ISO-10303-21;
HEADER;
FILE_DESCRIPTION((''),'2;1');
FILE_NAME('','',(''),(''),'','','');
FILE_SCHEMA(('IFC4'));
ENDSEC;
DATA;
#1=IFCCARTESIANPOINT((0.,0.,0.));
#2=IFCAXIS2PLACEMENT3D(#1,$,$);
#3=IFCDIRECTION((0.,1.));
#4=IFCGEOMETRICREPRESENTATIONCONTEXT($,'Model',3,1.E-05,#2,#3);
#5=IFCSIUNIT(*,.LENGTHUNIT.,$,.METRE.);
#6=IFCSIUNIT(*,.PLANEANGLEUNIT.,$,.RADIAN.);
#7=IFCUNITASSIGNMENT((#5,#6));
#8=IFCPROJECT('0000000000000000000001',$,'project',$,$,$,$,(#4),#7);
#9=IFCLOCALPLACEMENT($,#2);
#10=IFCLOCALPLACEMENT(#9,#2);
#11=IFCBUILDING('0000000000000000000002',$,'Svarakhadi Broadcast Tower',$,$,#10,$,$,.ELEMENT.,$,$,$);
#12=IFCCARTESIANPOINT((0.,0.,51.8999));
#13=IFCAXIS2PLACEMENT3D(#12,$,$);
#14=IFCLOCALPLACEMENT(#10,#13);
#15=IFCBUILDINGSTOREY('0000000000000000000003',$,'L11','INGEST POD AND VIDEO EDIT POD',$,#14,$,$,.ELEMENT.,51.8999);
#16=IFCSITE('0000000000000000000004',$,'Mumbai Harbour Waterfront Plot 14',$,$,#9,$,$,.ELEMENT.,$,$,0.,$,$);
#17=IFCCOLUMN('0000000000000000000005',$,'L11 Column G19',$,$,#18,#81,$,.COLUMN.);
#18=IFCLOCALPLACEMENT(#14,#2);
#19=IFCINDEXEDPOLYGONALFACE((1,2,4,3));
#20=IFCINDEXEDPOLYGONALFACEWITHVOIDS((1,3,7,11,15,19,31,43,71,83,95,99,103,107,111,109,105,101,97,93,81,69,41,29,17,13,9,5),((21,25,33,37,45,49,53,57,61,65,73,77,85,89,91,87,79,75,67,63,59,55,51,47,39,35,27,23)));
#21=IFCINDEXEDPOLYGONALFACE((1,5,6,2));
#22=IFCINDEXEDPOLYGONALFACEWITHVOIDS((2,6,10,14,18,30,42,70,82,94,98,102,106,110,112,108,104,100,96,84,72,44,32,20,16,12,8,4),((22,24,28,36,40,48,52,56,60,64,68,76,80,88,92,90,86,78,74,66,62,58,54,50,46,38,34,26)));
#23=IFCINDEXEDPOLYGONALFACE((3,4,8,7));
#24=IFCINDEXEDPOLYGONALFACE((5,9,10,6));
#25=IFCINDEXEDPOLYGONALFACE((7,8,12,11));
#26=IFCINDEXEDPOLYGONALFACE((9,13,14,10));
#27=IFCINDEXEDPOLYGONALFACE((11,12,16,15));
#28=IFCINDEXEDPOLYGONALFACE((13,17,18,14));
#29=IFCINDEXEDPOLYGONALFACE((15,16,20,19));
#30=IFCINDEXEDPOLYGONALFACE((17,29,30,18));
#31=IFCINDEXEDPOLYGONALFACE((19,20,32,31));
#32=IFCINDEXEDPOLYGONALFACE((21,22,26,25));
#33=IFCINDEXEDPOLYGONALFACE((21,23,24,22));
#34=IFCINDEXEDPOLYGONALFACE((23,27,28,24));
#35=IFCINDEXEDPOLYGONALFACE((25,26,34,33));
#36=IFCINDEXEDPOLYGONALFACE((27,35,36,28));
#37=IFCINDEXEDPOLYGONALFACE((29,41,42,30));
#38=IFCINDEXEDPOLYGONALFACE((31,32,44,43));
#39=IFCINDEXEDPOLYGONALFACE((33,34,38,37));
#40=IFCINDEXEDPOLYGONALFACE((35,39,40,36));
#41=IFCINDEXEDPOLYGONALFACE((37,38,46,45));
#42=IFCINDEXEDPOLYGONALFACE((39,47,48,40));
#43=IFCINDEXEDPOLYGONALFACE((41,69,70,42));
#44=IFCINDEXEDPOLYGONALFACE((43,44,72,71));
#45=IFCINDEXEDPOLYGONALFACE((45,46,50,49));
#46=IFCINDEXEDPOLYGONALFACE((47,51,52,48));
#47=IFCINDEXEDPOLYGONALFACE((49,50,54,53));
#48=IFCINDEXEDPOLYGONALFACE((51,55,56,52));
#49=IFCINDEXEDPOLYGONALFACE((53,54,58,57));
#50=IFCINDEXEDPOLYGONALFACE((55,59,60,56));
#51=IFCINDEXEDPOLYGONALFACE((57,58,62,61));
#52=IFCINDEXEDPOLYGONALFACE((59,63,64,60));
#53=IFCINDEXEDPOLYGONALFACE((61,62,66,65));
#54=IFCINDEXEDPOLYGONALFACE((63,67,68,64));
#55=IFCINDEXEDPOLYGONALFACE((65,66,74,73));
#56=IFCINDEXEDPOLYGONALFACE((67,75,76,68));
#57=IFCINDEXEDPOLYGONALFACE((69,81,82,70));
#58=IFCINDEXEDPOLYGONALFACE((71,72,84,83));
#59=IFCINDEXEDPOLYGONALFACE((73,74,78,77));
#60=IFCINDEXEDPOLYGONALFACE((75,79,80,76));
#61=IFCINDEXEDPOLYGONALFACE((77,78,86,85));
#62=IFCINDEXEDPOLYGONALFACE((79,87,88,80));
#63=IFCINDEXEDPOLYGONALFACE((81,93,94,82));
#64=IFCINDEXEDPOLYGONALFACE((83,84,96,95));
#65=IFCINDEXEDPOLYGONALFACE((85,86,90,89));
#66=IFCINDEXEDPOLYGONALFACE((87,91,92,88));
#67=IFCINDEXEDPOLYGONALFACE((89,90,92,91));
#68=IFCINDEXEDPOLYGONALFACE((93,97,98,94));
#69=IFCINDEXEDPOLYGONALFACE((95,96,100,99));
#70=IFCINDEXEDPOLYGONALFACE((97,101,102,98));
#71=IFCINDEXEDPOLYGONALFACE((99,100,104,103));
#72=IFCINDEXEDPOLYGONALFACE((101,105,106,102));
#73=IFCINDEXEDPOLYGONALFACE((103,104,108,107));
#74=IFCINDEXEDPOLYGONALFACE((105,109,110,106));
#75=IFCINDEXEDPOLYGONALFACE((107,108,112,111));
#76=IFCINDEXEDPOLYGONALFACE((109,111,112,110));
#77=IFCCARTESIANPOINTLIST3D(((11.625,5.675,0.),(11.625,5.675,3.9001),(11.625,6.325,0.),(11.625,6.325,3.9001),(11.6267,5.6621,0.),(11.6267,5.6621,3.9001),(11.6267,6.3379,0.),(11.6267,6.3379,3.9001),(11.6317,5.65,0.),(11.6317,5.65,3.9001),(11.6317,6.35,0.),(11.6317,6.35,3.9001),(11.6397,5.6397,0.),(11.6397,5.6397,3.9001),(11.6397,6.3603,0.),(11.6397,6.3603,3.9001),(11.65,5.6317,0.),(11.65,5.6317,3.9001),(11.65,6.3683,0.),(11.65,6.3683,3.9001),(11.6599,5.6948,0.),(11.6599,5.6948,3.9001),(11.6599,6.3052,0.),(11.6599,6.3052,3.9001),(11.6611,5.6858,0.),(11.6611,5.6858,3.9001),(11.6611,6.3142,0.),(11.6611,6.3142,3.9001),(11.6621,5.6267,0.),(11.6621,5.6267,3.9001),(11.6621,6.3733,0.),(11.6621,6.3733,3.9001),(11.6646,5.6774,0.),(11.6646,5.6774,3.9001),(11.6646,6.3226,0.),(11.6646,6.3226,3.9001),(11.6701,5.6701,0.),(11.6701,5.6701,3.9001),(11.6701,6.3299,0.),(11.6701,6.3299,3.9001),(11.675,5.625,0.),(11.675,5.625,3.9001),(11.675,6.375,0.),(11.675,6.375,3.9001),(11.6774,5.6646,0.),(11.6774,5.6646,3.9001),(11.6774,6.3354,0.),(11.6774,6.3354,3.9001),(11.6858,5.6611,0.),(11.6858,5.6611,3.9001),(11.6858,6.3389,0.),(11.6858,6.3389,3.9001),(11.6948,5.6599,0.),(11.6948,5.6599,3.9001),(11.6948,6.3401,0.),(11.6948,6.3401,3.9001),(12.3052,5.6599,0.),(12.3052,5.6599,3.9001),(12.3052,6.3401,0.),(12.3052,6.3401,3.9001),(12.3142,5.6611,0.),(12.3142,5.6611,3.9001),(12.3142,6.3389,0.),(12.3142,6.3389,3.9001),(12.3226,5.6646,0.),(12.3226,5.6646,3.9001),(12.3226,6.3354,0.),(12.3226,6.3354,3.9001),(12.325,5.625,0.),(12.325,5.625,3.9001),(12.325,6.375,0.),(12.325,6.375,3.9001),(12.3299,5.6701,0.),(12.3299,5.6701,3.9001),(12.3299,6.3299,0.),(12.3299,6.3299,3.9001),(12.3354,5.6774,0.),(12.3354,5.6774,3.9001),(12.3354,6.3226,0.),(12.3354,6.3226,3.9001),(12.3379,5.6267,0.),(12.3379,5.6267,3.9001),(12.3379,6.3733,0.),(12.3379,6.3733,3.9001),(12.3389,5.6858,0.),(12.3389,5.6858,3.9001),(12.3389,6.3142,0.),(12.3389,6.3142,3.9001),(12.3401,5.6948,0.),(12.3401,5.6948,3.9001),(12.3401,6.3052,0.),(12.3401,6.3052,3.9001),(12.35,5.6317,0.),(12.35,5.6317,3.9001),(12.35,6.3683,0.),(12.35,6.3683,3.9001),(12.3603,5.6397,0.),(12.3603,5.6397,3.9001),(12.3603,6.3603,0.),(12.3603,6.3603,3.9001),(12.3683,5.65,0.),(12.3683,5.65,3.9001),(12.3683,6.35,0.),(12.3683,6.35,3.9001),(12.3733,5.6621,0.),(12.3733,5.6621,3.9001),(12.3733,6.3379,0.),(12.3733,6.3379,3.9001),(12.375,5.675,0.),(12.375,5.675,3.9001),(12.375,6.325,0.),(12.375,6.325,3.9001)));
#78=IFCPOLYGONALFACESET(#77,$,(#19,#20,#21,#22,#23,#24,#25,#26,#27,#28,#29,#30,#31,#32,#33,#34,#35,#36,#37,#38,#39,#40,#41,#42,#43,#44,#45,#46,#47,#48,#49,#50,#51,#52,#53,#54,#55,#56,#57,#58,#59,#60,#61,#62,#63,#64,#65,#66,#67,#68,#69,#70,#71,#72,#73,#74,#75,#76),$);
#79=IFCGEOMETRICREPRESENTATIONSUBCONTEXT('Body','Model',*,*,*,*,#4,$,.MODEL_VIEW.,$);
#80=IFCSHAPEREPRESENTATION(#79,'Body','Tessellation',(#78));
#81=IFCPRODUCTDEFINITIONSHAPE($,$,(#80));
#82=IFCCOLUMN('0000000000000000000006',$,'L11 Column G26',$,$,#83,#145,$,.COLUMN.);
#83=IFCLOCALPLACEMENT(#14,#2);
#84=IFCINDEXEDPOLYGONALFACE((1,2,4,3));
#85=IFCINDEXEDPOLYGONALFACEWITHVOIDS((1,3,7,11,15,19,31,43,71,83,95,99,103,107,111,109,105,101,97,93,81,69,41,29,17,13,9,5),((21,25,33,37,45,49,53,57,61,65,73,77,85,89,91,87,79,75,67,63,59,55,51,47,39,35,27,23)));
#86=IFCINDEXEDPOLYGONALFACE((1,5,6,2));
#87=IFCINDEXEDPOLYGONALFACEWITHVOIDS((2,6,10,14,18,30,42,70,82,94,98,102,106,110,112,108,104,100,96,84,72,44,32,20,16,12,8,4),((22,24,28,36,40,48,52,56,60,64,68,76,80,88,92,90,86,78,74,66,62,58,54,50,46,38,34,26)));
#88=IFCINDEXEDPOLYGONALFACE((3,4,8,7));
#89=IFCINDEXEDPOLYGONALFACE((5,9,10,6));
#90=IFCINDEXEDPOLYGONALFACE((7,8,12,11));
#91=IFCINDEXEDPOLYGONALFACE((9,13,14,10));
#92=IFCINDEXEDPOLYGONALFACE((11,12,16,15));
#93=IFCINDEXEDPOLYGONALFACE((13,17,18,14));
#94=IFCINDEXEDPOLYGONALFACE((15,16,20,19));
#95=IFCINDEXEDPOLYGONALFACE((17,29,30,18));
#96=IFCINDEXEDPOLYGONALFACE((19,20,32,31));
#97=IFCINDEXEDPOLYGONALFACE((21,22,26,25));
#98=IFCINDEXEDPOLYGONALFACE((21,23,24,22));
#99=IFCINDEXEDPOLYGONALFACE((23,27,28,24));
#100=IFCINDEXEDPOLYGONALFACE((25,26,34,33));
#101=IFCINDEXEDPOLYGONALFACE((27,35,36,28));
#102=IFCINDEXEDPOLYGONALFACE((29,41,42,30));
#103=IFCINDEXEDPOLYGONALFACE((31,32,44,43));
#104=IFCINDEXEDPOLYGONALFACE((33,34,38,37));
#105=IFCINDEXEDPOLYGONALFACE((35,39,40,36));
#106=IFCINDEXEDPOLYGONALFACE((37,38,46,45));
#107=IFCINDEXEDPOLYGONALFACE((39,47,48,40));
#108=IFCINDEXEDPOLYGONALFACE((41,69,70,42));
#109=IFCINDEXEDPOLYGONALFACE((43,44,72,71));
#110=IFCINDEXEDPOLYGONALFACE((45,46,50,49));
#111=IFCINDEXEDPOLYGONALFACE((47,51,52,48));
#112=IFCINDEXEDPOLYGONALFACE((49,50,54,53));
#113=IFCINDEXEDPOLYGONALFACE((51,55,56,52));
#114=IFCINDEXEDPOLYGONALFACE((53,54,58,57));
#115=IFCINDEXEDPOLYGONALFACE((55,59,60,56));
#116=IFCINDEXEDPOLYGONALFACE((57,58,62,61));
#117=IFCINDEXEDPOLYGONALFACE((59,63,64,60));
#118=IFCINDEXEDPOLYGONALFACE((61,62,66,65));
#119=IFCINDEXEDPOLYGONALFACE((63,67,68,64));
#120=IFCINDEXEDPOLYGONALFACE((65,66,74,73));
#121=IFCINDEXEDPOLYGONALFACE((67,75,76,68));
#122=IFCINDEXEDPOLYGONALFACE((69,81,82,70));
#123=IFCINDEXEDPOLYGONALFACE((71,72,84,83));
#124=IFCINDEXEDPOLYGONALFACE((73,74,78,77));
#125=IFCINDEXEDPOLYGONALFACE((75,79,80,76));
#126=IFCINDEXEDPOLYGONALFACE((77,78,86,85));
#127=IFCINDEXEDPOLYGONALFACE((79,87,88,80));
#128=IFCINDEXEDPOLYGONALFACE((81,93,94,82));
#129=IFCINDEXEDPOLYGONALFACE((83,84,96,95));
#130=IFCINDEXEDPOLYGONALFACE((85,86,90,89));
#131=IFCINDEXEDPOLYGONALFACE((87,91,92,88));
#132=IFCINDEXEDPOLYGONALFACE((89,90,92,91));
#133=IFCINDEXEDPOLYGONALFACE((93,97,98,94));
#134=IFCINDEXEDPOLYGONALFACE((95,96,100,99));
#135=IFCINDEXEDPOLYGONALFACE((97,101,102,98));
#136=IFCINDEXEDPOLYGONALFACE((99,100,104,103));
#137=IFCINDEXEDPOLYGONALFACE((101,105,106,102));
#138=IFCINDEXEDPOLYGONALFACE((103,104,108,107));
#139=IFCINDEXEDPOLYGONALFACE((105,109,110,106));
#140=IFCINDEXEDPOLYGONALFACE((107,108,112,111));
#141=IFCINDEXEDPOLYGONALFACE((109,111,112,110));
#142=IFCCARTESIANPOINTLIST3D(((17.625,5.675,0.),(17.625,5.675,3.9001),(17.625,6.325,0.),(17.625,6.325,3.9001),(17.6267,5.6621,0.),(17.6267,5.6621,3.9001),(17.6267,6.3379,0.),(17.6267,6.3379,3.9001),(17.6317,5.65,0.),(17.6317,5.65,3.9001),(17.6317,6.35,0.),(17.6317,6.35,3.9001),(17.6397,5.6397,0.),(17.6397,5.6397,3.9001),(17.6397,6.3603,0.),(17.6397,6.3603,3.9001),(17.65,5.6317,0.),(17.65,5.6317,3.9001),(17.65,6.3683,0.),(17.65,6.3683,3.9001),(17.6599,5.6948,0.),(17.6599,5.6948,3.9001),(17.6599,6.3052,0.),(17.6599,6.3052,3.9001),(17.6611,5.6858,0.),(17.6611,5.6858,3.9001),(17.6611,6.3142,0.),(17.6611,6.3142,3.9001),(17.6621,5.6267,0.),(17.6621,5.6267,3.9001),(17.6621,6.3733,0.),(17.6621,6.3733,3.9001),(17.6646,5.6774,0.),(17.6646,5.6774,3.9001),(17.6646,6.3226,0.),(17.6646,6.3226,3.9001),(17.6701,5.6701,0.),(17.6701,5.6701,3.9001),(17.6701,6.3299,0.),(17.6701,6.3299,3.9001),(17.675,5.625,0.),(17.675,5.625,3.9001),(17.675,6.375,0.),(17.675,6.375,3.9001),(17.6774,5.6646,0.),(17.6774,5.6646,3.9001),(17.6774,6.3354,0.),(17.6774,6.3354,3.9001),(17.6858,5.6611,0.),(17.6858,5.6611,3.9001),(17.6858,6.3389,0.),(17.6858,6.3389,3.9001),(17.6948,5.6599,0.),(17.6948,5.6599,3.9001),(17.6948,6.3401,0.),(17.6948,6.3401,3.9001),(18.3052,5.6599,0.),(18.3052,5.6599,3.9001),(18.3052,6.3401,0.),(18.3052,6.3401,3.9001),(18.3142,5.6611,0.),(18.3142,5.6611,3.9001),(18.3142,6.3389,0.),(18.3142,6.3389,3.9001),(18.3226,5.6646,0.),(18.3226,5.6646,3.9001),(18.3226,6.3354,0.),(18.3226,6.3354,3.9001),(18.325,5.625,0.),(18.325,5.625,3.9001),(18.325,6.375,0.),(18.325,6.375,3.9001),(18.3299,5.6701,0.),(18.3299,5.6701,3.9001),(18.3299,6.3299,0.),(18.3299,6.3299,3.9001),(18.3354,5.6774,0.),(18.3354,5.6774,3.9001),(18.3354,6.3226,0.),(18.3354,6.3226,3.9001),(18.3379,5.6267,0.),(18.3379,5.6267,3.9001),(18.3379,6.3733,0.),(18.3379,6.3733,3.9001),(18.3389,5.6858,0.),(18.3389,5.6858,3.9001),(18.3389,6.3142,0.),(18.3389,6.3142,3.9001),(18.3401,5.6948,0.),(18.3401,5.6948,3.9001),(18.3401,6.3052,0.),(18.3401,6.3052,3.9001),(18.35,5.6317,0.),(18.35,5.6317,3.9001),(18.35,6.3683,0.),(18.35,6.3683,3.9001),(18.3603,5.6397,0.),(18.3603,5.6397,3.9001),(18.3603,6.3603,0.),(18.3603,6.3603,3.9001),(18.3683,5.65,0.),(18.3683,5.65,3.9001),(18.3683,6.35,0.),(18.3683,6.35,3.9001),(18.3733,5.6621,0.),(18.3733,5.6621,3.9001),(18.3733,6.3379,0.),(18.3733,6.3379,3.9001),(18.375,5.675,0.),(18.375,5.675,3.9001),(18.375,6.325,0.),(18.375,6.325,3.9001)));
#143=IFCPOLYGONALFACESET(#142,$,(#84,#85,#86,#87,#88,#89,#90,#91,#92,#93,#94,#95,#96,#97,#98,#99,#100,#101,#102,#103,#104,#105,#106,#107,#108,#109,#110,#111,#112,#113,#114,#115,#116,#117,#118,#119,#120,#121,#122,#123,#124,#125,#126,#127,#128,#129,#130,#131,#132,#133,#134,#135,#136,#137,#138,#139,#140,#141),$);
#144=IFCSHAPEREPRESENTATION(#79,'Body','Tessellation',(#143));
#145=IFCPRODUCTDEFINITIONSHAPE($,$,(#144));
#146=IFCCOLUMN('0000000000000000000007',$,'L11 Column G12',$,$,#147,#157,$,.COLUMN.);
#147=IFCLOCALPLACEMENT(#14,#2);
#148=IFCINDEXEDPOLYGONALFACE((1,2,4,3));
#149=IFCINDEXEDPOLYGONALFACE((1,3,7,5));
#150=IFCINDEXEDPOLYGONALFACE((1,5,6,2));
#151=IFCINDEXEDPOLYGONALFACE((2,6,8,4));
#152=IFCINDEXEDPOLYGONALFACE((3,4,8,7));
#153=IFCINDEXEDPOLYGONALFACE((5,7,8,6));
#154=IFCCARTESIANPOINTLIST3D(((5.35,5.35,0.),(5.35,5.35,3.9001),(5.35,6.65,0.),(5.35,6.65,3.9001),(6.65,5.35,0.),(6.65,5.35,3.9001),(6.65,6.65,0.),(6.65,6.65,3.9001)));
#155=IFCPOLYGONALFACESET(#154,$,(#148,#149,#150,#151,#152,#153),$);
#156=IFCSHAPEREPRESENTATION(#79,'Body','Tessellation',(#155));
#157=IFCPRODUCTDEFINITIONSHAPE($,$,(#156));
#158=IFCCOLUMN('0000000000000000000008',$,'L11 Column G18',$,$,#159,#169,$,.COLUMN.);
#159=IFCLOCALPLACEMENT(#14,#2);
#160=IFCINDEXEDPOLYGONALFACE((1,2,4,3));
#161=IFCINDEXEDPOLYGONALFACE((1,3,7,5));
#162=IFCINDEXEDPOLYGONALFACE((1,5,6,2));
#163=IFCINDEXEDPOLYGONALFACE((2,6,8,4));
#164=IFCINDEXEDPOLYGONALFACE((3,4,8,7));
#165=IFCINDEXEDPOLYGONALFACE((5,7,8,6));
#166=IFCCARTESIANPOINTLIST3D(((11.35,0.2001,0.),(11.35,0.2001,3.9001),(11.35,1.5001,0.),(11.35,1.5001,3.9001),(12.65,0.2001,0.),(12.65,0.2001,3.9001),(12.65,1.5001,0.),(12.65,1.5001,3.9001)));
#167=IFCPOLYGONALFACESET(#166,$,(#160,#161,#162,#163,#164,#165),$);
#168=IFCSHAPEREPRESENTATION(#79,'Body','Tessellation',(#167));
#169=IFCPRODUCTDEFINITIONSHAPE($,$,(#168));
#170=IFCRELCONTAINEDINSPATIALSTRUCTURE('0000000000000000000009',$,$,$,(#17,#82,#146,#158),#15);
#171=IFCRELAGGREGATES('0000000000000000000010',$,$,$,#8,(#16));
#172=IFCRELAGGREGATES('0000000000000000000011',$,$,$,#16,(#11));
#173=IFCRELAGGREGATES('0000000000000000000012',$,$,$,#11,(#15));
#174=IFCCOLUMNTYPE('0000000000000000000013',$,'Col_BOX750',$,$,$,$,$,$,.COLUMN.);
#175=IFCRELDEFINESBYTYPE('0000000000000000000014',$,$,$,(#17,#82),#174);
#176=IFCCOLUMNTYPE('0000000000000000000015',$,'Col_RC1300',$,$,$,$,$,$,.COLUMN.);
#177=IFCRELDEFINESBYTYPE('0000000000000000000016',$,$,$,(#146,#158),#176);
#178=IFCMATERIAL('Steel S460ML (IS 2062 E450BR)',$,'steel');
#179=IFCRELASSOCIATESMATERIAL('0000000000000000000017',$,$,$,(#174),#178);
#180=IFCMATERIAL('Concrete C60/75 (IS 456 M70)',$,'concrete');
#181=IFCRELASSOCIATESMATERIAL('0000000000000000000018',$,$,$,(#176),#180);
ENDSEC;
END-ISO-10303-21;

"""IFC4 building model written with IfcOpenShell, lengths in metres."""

from ifc_helpers import new_model, si_unit, direction, frame, origin, origin_2d, place, context, subcontext, project, spatial, rectangle, hollow_rectangle, extrude, material, material_profile, profile_set, type_object, element, save


model = new_model("IFC4")

# Units and contexts
model_context = context("Model", 3, precision=1e-05, world=origin(), true_north=direction((0.0, 1.0)))
body_context = subcontext(model_context, "Body", "Model", "MODEL_VIEW")
ifc_project = project(units=[si_unit("LENGTHUNIT", "METRE"), si_unit("PLANEANGLEUNIT", "RADIAN")], contexts=[model_context])

# Site, building, storey
site_placement = place(None, origin())
site = spatial("IfcSite", under=ifc_project, at=site_placement, Name="Mumbai Harbour Waterfront Plot 14", CompositionType="ELEMENT", RefElevation=0.0)
building_placement = place(site_placement, origin())
building = spatial("IfcBuilding", under=site, at=building_placement, Name="Svarakhadi Broadcast Tower", CompositionType="ELEMENT")
storey_placement = place(building_placement, frame((0.0, 0.0, 51.8999)))
storey = spatial("IfcBuildingStorey", under=building, at=storey_placement, Name="L11", Description="INGEST POD AND VIDEO EDIT POD", CompositionType="ELEMENT", Elevation=51.8999)

# Columns
ifc_material_1 = material(Name="Steel S460ML (IS 2062 E450BR)", Category="steel")
ifc_material_profile_1 = material_profile(ifc_material_1, hollow_rectangle(XDim=0.75, YDim=0.75, WallThickness=0.0349, InnerFilletRadius=0.0349, OuterFilletRadius=0.05, at=origin_2d()), Name="BOX 750x750x35")
ifc_profile_set_1 = profile_set([ifc_material_profile_1], Name="Steel S460ML (IS 2062 E450BR)")
column_type_1 = type_object("IfcColumnType", Name="Col_BOX750", PredefinedType="COLUMN", material=ifc_profile_set_1)
for number, where, z_axis, x_axis, name in (
    (1, (12.0, 6.0, 0.0), (0.0, 0.0, 1.0), (1.0, 0.0, 0.0), "L11 Column G19"),
    (2, (18.0, 6.0, 0.0), (0.0, 0.0, 1.0), (1.0, 0.0, 0.0), "L11 Column G26"),
):
    element("IfcColumn", number, at=place(storey_placement, frame(where, z_axis=z_axis, x_axis=x_axis)), inside=storey, type_object=column_type_1, Name=name, PredefinedType="COLUMN", context=body_context, shape_type="SweptSolid", body=[
        extrude(hollow_rectangle(XDim=0.75, YDim=0.75, WallThickness=0.0349, InnerFilletRadius=0.0349, OuterFilletRadius=0.05, at=origin_2d()), origin(), (0.0, 0.0, 1.0), 3.9001),
    ])
ifc_material_2 = material(Name="Concrete C60/75 (IS 456 M70)", Category="concrete")
ifc_material_profile_2 = material_profile(ifc_material_2, rectangle(XDim=1.3, YDim=1.3, at=origin_2d()), Name="RC 1300x1300")
ifc_profile_set_2 = profile_set([ifc_material_profile_2], Name="Concrete C60/75 (IS 456 M70)")
column_type_2 = type_object("IfcColumnType", Name="Col_RC1300", PredefinedType="COLUMN", material=ifc_profile_set_2)
for number, where, z_axis, x_axis, name in (
    (3, (6.0, 6.0, 0.0), (0.0, 0.0, 1.0), (1.0, 0.0, 0.0), "L11 Column G12"),
    (4, (12.0, 0.8501, 0.0), (0.0, 0.0, 1.0), (1.0, 0.0, 0.0), "L11 Column G18"),
):
    element("IfcColumn", number, at=place(storey_placement, frame(where, z_axis=z_axis, x_axis=x_axis)), inside=storey, type_object=column_type_2, Name=name, PredefinedType="COLUMN", context=body_context, shape_type="SweptSolid", body=[
        extrude(rectangle(XDim=1.3, YDim=1.3, at=origin_2d()), origin(), (0.0, 0.0, 1.0), 3.9001),
    ])

save(model, "model.ifc")
